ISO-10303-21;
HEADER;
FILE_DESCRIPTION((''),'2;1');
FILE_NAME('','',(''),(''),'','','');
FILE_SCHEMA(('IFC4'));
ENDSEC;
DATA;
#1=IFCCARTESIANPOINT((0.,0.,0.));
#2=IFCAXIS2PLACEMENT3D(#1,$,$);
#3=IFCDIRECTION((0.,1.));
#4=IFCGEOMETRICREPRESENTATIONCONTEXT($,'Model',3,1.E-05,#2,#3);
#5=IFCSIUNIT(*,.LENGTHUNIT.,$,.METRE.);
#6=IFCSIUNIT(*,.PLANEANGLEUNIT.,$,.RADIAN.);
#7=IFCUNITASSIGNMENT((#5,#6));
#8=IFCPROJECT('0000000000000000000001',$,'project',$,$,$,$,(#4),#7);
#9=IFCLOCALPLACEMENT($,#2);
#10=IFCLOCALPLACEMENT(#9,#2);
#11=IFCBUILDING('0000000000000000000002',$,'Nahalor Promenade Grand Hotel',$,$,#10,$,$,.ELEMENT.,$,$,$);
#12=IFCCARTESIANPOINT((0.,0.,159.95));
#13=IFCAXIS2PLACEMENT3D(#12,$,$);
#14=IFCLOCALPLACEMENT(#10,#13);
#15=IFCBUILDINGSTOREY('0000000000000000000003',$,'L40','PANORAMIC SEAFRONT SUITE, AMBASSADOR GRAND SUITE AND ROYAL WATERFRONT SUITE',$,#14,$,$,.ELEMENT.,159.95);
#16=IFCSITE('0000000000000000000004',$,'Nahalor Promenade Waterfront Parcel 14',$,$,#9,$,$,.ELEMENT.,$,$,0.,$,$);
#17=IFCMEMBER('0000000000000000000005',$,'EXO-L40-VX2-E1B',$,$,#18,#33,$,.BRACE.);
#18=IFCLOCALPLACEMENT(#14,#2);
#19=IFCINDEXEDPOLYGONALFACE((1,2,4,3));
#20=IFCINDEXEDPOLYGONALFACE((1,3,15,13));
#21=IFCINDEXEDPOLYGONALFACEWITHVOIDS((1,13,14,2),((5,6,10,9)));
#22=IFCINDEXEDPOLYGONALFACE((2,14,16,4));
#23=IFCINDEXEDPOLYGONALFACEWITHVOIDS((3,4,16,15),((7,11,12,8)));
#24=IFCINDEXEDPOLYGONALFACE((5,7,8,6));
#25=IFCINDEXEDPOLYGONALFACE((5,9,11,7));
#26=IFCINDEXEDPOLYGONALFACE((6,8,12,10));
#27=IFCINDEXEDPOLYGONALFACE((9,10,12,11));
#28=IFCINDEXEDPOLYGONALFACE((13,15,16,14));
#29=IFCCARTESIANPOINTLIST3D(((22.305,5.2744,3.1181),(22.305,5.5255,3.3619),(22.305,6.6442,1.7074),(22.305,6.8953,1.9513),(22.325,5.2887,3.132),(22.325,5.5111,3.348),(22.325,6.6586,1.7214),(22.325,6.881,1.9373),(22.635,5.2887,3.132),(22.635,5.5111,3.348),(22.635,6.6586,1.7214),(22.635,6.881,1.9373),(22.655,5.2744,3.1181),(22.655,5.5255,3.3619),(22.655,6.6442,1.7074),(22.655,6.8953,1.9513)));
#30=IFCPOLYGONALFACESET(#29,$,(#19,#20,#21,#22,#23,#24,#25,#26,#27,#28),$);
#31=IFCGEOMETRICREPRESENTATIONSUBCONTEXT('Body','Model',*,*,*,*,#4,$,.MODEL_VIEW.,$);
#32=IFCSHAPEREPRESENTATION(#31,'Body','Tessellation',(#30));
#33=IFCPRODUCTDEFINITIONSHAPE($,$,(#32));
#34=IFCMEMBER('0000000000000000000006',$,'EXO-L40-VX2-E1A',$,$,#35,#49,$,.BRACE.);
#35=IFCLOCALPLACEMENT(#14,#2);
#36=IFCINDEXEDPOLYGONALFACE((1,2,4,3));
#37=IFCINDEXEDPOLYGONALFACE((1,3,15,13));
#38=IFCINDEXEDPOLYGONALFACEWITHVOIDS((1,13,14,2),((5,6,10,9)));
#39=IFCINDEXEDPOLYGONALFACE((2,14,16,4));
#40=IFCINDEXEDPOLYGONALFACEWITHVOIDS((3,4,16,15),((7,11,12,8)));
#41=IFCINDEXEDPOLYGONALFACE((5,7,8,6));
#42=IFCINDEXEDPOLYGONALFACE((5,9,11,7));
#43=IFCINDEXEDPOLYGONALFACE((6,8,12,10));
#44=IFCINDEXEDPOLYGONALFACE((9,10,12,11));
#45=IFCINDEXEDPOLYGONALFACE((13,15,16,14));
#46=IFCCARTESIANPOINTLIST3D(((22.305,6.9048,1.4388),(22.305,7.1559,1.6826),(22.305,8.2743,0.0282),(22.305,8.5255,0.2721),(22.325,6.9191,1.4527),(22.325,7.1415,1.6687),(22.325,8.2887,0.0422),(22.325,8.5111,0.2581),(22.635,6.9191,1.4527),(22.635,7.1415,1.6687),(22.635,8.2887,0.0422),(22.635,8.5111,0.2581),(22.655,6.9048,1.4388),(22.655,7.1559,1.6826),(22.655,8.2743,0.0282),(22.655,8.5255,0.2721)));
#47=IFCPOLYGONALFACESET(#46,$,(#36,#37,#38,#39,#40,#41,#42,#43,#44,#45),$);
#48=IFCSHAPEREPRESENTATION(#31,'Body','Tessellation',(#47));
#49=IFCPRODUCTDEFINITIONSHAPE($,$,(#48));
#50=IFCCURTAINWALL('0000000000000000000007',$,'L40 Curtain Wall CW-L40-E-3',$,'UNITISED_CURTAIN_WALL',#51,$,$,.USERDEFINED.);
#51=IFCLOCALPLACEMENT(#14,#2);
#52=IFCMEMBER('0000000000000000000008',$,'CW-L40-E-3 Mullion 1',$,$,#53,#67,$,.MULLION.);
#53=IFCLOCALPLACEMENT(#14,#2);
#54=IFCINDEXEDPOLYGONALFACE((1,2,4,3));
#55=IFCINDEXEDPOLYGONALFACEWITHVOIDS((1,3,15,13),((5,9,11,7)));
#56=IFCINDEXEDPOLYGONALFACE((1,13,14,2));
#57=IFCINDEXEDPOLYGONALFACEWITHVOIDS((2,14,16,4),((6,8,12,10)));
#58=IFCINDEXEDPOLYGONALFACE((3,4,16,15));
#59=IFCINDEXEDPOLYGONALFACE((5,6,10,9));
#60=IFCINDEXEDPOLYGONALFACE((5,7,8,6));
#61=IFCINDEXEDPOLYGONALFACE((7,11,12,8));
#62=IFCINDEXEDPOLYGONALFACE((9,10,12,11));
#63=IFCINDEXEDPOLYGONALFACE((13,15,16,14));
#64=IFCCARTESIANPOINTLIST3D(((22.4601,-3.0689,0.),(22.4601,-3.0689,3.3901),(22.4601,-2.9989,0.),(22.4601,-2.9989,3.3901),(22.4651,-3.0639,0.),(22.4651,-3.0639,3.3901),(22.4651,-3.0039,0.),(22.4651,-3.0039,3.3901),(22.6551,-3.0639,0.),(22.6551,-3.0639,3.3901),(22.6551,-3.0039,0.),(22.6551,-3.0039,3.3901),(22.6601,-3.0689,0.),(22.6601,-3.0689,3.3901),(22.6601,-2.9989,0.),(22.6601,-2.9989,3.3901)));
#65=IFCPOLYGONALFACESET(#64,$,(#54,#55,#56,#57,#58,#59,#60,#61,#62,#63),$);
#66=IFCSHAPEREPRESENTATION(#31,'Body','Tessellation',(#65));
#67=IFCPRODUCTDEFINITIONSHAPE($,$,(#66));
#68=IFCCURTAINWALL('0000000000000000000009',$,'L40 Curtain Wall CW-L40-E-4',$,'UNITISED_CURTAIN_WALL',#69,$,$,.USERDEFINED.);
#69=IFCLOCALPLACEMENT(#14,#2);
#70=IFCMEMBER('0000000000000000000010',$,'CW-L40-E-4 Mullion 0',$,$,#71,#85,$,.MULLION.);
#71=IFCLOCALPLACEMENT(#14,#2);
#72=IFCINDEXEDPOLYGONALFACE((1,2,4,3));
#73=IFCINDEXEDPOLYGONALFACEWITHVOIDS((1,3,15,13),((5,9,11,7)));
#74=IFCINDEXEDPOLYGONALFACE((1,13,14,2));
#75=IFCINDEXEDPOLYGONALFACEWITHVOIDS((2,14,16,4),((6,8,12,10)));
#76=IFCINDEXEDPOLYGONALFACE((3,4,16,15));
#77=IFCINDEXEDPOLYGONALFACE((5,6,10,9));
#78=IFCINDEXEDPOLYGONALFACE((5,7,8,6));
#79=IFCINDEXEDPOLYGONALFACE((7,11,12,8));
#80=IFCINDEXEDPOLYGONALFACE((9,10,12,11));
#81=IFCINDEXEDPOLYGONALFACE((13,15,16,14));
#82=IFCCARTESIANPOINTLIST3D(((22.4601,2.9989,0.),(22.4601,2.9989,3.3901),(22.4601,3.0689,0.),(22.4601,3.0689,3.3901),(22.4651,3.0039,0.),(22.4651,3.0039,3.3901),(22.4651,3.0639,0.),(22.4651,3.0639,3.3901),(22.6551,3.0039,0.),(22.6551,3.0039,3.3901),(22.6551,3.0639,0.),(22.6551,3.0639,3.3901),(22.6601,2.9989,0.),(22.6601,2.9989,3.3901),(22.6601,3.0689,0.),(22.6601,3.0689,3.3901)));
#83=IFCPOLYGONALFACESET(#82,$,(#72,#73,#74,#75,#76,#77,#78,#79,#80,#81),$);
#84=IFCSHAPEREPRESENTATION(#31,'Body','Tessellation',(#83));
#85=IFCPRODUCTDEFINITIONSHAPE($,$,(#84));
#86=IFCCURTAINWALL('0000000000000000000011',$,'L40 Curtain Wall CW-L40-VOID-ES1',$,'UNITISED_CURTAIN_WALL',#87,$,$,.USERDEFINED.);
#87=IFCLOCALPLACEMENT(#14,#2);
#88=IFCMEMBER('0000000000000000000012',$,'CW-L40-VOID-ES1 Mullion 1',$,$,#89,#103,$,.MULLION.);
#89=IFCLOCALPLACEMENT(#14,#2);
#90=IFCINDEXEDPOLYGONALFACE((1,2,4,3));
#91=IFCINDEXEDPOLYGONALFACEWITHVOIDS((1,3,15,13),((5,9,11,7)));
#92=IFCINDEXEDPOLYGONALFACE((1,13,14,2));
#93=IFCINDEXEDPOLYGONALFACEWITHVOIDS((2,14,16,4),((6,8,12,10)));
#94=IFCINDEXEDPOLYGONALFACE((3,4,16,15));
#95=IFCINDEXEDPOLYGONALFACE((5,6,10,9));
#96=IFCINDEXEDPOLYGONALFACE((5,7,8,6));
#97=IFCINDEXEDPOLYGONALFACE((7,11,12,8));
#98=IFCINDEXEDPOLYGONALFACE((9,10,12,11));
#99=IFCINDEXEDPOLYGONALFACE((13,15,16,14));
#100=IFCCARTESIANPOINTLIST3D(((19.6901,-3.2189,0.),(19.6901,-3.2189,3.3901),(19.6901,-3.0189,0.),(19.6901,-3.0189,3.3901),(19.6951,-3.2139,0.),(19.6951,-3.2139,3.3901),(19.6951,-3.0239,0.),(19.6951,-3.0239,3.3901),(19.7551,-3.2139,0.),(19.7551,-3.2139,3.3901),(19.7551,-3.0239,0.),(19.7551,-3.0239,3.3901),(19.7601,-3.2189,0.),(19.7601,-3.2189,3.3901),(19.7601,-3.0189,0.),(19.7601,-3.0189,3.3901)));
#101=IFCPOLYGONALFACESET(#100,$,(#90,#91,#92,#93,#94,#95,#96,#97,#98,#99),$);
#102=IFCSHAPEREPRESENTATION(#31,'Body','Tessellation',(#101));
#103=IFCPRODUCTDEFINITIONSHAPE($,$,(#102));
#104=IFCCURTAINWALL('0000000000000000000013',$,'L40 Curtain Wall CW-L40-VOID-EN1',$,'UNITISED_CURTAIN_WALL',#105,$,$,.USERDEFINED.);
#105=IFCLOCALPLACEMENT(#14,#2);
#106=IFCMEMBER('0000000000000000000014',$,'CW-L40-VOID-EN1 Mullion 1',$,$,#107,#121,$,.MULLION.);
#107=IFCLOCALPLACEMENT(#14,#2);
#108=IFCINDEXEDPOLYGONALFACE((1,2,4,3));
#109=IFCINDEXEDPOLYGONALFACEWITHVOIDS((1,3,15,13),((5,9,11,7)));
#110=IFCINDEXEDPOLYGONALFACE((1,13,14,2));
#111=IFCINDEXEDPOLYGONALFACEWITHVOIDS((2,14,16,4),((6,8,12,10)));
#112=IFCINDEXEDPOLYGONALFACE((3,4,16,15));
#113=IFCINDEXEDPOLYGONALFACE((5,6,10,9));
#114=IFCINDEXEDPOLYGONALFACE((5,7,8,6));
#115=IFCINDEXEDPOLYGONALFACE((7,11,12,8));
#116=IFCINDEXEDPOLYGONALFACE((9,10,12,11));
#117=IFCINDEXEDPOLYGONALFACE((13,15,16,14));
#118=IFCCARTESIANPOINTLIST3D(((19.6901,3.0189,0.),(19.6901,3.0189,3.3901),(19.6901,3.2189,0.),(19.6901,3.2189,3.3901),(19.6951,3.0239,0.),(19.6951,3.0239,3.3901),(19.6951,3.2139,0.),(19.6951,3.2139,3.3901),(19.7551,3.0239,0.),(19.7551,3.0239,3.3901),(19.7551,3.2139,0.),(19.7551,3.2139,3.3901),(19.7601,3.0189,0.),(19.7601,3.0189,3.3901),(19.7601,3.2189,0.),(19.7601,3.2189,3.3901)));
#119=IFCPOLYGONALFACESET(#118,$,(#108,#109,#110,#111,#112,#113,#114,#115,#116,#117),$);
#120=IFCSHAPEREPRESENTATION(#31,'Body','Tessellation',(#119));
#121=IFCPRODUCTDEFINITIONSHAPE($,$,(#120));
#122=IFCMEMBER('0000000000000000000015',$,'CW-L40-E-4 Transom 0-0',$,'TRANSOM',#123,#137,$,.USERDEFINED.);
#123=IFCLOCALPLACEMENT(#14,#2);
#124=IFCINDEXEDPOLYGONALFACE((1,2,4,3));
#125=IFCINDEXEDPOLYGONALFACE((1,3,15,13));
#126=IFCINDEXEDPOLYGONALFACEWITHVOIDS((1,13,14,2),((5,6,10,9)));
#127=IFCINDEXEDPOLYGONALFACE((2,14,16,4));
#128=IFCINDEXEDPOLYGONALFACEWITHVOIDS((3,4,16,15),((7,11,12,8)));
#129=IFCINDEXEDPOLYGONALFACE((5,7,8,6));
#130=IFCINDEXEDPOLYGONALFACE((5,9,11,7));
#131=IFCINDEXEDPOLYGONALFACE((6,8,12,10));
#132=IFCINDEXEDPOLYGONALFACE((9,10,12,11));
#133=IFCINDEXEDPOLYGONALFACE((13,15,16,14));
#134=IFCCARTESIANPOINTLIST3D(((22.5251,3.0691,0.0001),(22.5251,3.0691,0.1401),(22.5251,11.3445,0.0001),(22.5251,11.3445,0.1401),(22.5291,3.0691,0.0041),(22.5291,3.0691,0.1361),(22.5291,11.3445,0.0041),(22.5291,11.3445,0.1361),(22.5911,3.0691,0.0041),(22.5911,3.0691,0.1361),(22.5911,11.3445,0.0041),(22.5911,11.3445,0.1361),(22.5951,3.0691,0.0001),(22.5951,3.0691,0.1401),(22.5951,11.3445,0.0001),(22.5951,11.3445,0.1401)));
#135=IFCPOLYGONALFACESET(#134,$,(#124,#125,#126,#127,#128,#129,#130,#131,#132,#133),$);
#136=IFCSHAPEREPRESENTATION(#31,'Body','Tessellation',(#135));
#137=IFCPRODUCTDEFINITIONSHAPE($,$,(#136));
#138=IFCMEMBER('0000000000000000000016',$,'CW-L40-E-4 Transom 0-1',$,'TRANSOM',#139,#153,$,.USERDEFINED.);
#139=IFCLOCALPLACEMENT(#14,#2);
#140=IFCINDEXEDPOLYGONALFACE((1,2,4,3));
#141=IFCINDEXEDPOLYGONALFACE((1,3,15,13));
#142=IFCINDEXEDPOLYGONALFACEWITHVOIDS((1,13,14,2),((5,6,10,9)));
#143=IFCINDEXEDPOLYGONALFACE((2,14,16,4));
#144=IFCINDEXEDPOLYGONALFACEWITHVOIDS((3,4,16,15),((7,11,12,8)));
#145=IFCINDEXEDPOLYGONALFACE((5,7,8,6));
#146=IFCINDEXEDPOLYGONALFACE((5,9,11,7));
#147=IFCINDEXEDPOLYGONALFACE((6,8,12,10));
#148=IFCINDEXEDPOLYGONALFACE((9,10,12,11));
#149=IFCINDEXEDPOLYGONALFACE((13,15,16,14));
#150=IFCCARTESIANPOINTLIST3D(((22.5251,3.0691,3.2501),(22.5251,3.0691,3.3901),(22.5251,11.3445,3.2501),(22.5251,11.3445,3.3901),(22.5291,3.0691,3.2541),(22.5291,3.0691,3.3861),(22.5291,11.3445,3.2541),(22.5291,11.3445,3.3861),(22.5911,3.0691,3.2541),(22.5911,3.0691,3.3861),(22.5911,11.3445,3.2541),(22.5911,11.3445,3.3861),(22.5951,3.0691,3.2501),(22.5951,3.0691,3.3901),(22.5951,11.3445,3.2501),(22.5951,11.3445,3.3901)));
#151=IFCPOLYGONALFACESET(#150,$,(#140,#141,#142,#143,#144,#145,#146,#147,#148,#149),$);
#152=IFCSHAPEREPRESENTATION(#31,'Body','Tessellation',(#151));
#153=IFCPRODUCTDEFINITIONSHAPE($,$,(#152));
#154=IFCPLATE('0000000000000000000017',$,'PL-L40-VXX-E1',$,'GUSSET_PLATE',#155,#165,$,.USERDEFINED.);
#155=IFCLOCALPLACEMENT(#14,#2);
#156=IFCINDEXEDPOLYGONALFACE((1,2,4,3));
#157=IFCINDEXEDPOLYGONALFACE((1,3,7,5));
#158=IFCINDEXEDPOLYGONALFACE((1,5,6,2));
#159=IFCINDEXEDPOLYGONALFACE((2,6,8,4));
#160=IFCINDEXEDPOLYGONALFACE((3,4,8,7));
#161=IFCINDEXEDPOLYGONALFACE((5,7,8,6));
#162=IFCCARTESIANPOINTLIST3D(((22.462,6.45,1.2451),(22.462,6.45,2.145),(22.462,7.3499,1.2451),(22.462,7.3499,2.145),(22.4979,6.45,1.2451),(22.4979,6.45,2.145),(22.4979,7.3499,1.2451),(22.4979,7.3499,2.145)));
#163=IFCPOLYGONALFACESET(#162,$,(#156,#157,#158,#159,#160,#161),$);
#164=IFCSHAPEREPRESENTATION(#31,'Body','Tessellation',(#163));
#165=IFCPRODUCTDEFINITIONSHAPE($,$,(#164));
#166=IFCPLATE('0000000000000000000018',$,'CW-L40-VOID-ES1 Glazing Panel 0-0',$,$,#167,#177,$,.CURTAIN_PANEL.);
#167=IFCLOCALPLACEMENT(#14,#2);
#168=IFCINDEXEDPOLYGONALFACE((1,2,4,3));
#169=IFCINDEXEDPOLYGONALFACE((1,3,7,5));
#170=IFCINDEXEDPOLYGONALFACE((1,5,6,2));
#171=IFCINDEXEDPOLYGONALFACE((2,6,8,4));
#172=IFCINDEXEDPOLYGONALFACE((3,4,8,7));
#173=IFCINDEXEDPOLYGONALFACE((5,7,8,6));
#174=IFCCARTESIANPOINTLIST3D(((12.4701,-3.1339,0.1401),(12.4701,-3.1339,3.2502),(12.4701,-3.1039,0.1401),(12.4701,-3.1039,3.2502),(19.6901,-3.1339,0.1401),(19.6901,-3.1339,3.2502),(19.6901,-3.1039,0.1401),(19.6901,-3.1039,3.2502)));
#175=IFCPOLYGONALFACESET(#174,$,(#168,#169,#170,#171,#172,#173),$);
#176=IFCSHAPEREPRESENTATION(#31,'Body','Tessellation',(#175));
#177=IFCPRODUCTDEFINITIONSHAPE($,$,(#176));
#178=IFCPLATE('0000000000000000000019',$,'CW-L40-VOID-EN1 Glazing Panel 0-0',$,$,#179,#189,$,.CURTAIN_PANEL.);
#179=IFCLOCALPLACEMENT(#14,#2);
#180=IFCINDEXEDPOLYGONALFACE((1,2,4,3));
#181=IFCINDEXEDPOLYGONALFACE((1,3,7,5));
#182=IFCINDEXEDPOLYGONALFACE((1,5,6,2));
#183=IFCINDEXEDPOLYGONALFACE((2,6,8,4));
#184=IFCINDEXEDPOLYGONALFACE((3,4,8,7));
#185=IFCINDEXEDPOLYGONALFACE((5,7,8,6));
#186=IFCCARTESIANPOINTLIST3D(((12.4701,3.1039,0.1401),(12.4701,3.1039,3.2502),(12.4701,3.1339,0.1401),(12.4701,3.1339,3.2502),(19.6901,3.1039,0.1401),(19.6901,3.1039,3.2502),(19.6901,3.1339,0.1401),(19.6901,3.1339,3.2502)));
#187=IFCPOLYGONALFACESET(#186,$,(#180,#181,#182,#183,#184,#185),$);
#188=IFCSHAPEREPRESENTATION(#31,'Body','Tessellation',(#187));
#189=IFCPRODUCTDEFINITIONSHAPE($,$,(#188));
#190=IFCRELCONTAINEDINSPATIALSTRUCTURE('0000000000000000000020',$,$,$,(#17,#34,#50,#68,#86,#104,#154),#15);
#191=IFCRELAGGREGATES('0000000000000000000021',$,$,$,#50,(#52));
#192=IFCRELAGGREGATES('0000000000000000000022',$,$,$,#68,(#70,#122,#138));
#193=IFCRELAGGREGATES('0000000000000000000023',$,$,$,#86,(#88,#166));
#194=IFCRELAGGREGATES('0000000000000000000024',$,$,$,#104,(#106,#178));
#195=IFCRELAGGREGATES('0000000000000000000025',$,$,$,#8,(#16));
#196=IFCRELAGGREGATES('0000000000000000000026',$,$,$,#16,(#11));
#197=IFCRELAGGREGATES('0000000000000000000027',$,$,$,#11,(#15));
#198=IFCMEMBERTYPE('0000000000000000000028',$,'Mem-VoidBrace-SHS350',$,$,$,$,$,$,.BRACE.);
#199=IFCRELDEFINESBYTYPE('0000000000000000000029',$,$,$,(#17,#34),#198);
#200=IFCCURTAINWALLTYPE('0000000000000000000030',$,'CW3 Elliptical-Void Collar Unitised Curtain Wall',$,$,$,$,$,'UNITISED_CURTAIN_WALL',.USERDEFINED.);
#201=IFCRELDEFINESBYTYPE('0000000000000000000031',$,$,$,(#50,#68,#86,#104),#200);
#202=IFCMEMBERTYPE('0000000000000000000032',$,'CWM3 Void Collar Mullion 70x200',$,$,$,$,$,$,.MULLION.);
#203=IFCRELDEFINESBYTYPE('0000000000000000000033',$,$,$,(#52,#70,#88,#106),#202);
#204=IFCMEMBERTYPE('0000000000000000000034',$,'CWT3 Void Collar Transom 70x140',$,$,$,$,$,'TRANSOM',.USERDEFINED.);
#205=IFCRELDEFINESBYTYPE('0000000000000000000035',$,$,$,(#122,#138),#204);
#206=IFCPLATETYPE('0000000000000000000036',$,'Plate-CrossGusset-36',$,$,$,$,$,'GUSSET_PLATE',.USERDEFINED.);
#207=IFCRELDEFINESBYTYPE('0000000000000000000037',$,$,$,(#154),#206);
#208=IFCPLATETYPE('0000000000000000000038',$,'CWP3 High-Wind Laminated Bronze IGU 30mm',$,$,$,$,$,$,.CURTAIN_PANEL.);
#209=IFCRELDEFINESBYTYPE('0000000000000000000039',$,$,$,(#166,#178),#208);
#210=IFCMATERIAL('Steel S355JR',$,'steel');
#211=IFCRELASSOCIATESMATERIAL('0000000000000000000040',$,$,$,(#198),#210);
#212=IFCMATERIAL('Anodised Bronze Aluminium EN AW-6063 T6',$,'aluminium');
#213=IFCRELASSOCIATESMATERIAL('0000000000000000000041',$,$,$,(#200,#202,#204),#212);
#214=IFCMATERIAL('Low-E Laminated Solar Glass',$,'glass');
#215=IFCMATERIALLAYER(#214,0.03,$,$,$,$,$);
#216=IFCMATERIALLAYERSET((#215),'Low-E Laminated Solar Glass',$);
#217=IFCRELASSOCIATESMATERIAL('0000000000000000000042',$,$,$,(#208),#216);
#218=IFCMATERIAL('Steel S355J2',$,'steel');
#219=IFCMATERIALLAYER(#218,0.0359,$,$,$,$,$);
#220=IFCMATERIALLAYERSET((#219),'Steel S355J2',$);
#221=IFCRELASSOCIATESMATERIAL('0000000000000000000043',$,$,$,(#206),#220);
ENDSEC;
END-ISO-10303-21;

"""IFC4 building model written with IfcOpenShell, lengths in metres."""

from ifc_helpers import new_model, si_unit, direction, frame, origin, origin_2d, place, context, subcontext, project, spatial, rectangle, hollow_rectangle, extrude, source, transform, mapped, material, layer, layer_set, material_profile, profile_set, type_object, element, aggregate, save


model = new_model("IFC4")

# Units and contexts
model_context = context("Model", 3, precision=1e-05, world=origin(), true_north=direction((0.0, 1.0)))
body_context = subcontext(model_context, "Body", "Model", "MODEL_VIEW")
ifc_project = project(units=[si_unit("LENGTHUNIT", "METRE"), si_unit("PLANEANGLEUNIT", "RADIAN")], contexts=[model_context])

# Site, building, storey
site_placement = place(None, origin())
site = spatial("IfcSite", under=ifc_project, at=site_placement, Name="Nahalor Promenade Waterfront Parcel 14", CompositionType="ELEMENT", RefElevation=0.0)
building_placement = place(site_placement, origin())
building = spatial("IfcBuilding", under=site, at=building_placement, Name="Nahalor Promenade Grand Hotel", CompositionType="ELEMENT")
storey_placement = place(building_placement, frame((0.0, 0.0, 159.95)))
storey = spatial("IfcBuildingStorey", under=building, at=storey_placement, Name="L40", Description="PANORAMIC SEAFRONT SUITE, AMBASSADOR GRAND SUITE AND ROYAL WATERFRONT SUITE", CompositionType="ELEMENT", Elevation=159.95)

# Shared definitions
ifc_material_1 = material(Name="Steel S355J2", Category="steel")

# Shared definitions
ifc_material_2 = material(Name="Steel S355JR", Category="steel")

# Members
ifc_material_profile_1 = material_profile(ifc_material_2, hollow_rectangle(XDim=0.35, YDim=0.35, WallThickness=0.02, at=origin_2d()), Name="SHS 350x350x20")
ifc_profile_set_1 = profile_set([ifc_material_profile_1], Name="Steel S355JR")
member_type_1 = type_object("IfcMemberType", Name="Mem-VoidBrace-SHS350", PredefinedType="BRACE", material=ifc_profile_set_1)
shared_shape_1 = source(origin(), body_context, "Body", "SweptSolid", [
    extrude(hollow_rectangle(XDim=0.35, YDim=0.35, WallThickness=0.02, at=origin_2d()), origin(), (0.0, 0.0, 1.0), 1.9663),
])
member_1_placement = place(storey_placement, frame((22.48, 6.7698, 1.8293), z_axis=(0.0, -0.696663, 0.717398), x_axis=(1.0, 0.0, 0.0)))
element("IfcMember", 1, at=member_1_placement, inside=storey, type_object=member_type_1, Name="EXO-L40-VX2-E1B", PredefinedType="BRACE", context=body_context, shape_type="MappedRepresentation", body=[
    mapped(shared_shape_1, transform((0.0, 0.0, 0.0), scale=1.0)),
])
shared_shape_2 = source(origin(), body_context, "Body", "SweptSolid", [
    extrude(hollow_rectangle(XDim=0.35, YDim=0.35, WallThickness=0.02, at=origin_2d()), origin(), (0.0, 0.0, 1.0), 1.9661),
])
member_2_placement = place(storey_placement, frame((22.48, 8.3999, 0.1501), z_axis=(0.0, -0.696599, 0.71746), x_axis=(1.0, 0.0, 0.0)))
element("IfcMember", 2, at=member_2_placement, inside=storey, type_object=member_type_1, Name="EXO-L40-VX2-E1A", PredefinedType="BRACE", context=body_context, shape_type="MappedRepresentation", body=[
    mapped(shared_shape_2, transform((0.0, 0.0, 0.0), scale=1.0)),
])

# Curtain walls, members
ifc_material_3 = material(Name="Anodised Bronze Aluminium EN AW-6063 T6", Category="aluminium")
curtain_wall_type = type_object("IfcCurtainWallType", Name="CW3 Elliptical-Void Collar Unitised Curtain Wall", ElementType="UNITISED_CURTAIN_WALL", PredefinedType="USERDEFINED", material=ifc_material_3)
curtain_wall_1_placement = place(storey_placement, origin())
curtain_wall_1 = element("IfcCurtainWall", 3, at=curtain_wall_1_placement, inside=storey, type_object=curtain_wall_type, Name="L40 Curtain Wall CW-L40-E-3", ObjectType="UNITISED_CURTAIN_WALL", PredefinedType="USERDEFINED")
ifc_material_profile_2 = material_profile(ifc_material_3, hollow_rectangle(XDim=0.07, YDim=0.2, WallThickness=0.005, at=origin_2d()), Name="CWM 70x200x5")
ifc_profile_set_2 = profile_set([ifc_material_profile_2], Name="Anodised Bronze Aluminium EN AW-6063 T6")
member_type_2 = type_object("IfcMemberType", Name="CWM3 Void Collar Mullion 70x200", PredefinedType="MULLION", material=ifc_profile_set_2)
shared_shape_3 = source(origin(), body_context, "Body", "SweptSolid", [
    extrude(hollow_rectangle(XDim=0.07, YDim=0.2, WallThickness=0.005, at=origin_2d()), origin(), (0.0, 0.0, 1.0), 3.3901),
])
member_3_placement = place(storey_placement, frame((22.5601, -3.0339, 0.0), z_axis=(0.0, 0.0, 1.0), x_axis=(0.0, 1.0, 0.0)))
member_3 = element("IfcMember", 4, at=member_3_placement, type_object=member_type_2, Name="CW-L40-E-3 Mullion 1", PredefinedType="MULLION", context=body_context, shape_type="MappedRepresentation", body=[
    mapped(shared_shape_3, transform((0.0, 0.0, 0.0), scale=1.0)),
])
aggregate(curtain_wall_1, [member_3])
curtain_wall_2_placement = place(storey_placement, origin())
curtain_wall_2 = element("IfcCurtainWall", 5, at=curtain_wall_2_placement, inside=storey, type_object=curtain_wall_type, Name="L40 Curtain Wall CW-L40-E-4", ObjectType="UNITISED_CURTAIN_WALL", PredefinedType="USERDEFINED")
member_4_placement = place(storey_placement, frame((22.5601, 3.0339, 0.0), z_axis=(0.0, 0.0, 1.0), x_axis=(0.0, 1.0, 0.0)))
member_4 = element("IfcMember", 6, at=member_4_placement, type_object=member_type_2, Name="CW-L40-E-4 Mullion 0", PredefinedType="MULLION", context=body_context, shape_type="MappedRepresentation", body=[
    mapped(shared_shape_3, transform((0.0, 0.0, 0.0), scale=1.0)),
])
curtain_wall_3_placement = place(storey_placement, origin())
curtain_wall_3 = element("IfcCurtainWall", 7, at=curtain_wall_3_placement, inside=storey, type_object=curtain_wall_type, Name="L40 Curtain Wall CW-L40-VOID-ES1", ObjectType="UNITISED_CURTAIN_WALL", PredefinedType="USERDEFINED")
member_5_placement = place(storey_placement, frame((19.7251, -3.1189, 0.0), z_axis=(0.0, 0.0, 1.0), x_axis=(1.0, 0.0, 0.0)))
member_5 = element("IfcMember", 8, at=member_5_placement, type_object=member_type_2, Name="CW-L40-VOID-ES1 Mullion 1", PredefinedType="MULLION", context=body_context, shape_type="MappedRepresentation", body=[
    mapped(shared_shape_3, transform((0.0, 0.0, 0.0), scale=1.0)),
])
curtain_wall_4_placement = place(storey_placement, origin())
curtain_wall_4 = element("IfcCurtainWall", 9, at=curtain_wall_4_placement, inside=storey, type_object=curtain_wall_type, Name="L40 Curtain Wall CW-L40-VOID-EN1", ObjectType="UNITISED_CURTAIN_WALL", PredefinedType="USERDEFINED")
member_6_placement = place(storey_placement, frame((19.7251, 3.1189, 0.0), z_axis=(0.0, 0.0, 1.0), x_axis=(1.0, 0.0, 0.0)))
member_6 = element("IfcMember", 10, at=member_6_placement, type_object=member_type_2, Name="CW-L40-VOID-EN1 Mullion 1", PredefinedType="MULLION", context=body_context, shape_type="MappedRepresentation", body=[
    mapped(shared_shape_3, transform((0.0, 0.0, 0.0), scale=1.0)),
])

# Members
ifc_material_profile_3 = material_profile(ifc_material_3, hollow_rectangle(XDim=0.07, YDim=0.14, WallThickness=0.004, at=origin_2d()), Name="CWT 70x140x4")
ifc_profile_set_3 = profile_set([ifc_material_profile_3], Name="Anodised Bronze Aluminium EN AW-6063 T6")
member_type_3 = type_object("IfcMemberType", Name="CWT3 Void Collar Transom 70x140", ElementType="TRANSOM", PredefinedType="USERDEFINED", material=ifc_profile_set_3)
shared_shape_4 = source(origin(), body_context, "Body", "SweptSolid", [
    extrude(hollow_rectangle(XDim=0.07, YDim=0.14, WallThickness=0.004, at=origin_2d()), origin(), (0.0, 0.0, 1.0), 8.2754),
])
member_7_placement = place(storey_placement, frame((22.5601, 3.0691, 0.0701), z_axis=(0.0, 1.0, 0.0), x_axis=(-1.0, 0.0, 0.0)))
member_7 = element("IfcMember", 11, at=member_7_placement, type_object=member_type_3, Name="CW-L40-E-4 Transom 0-0", ObjectType="TRANSOM", PredefinedType="USERDEFINED", context=body_context, shape_type="MappedRepresentation", body=[
    mapped(shared_shape_4, transform((0.0, 0.0, 0.0), scale=1.0)),
])
member_8_placement = place(storey_placement, frame((22.5601, 3.0691, 3.3201), z_axis=(0.0, 1.0, 0.0), x_axis=(-1.0, 0.0, 0.0)))
member_8 = element("IfcMember", 12, at=member_8_placement, type_object=member_type_3, Name="CW-L40-E-4 Transom 0-1", ObjectType="TRANSOM", PredefinedType="USERDEFINED", context=body_context, shape_type="MappedRepresentation", body=[
    mapped(shared_shape_4, transform((0.0, 0.0, 0.0), scale=1.0)),
])

# Plates
ifc_material_4 = material(Name="Low-E Laminated Solar Glass", Category="glass")
ifc_layer_1 = layer(ifc_material_4, 0.03)
ifc_layer_set_1 = layer_set([ifc_layer_1], Name="Low-E Laminated Solar Glass")
plate_type_1 = type_object("IfcPlateType", Name="CWP3 High-Wind Laminated Bronze IGU 30mm", PredefinedType="CURTAIN_PANEL", material=ifc_layer_set_1)
aggregate(curtain_wall_2, [member_4, member_7, member_8])
ifc_layer_2 = layer(ifc_material_1, 0.0359)
ifc_layer_set_2 = layer_set([ifc_layer_2], Name="Steel S355J2")
plate_type_2 = type_object("IfcPlateType", Name="Plate-CrossGusset-36", ElementType="GUSSET_PLATE", PredefinedType="USERDEFINED", material=ifc_layer_set_2)
shared_shape_5 = source(origin(), body_context, "Body", "SweptSolid", [
    extrude(rectangle(XDim=0.8999, YDim=0.0359, at=origin_2d()), origin(), (0.0, 0.0, 1.0), 0.8999),
])
plate_1_placement = place(storey_placement, frame((22.48, 6.8999, 1.2451), z_axis=(0.0, 0.0, 1.0), x_axis=(0.0, 1.0, 0.0)))
element("IfcPlate", 13, at=plate_1_placement, inside=storey, type_object=plate_type_2, Name="PL-L40-VXX-E1", ObjectType="GUSSET_PLATE", PredefinedType="USERDEFINED", context=body_context, shape_type="MappedRepresentation", body=[
    mapped(shared_shape_5, transform((0.0, 0.0, 0.0), scale=1.0)),
])
shared_shape_6 = source(origin(), body_context, "Body", "SweptSolid", [
    extrude(rectangle(XDim=7.22, YDim=0.03, at=origin_2d()), origin(), (0.0, 0.0, 1.0), 3.1101),
])
plate_2_placement = place(storey_placement, frame((16.0801, -3.1189, 0.1401), z_axis=(0.0, 0.0, 1.0), x_axis=(1.0, 0.0, 0.0)))
plate_2 = element("IfcPlate", 14, at=plate_2_placement, type_object=plate_type_1, Name="CW-L40-VOID-ES1 Glazing Panel 0-0", PredefinedType="CURTAIN_PANEL", context=body_context, shape_type="MappedRepresentation", body=[
    mapped(shared_shape_6, transform((0.0, 0.0, 0.0), scale=1.0)),
])
aggregate(curtain_wall_3, [member_5, plate_2])
plate_3_placement = place(storey_placement, frame((16.0801, 3.1189, 0.1401), z_axis=(0.0, 0.0, 1.0), x_axis=(1.0, 0.0, 0.0)))
plate_3 = element("IfcPlate", 15, at=plate_3_placement, type_object=plate_type_1, Name="CW-L40-VOID-EN1 Glazing Panel 0-0", PredefinedType="CURTAIN_PANEL", context=body_context, shape_type="MappedRepresentation", body=[
    mapped(shared_shape_6, transform((0.0, 0.0, 0.0), scale=1.0)),
])
aggregate(curtain_wall_4, [member_6, plate_3])

save(model, "model.ifc")
